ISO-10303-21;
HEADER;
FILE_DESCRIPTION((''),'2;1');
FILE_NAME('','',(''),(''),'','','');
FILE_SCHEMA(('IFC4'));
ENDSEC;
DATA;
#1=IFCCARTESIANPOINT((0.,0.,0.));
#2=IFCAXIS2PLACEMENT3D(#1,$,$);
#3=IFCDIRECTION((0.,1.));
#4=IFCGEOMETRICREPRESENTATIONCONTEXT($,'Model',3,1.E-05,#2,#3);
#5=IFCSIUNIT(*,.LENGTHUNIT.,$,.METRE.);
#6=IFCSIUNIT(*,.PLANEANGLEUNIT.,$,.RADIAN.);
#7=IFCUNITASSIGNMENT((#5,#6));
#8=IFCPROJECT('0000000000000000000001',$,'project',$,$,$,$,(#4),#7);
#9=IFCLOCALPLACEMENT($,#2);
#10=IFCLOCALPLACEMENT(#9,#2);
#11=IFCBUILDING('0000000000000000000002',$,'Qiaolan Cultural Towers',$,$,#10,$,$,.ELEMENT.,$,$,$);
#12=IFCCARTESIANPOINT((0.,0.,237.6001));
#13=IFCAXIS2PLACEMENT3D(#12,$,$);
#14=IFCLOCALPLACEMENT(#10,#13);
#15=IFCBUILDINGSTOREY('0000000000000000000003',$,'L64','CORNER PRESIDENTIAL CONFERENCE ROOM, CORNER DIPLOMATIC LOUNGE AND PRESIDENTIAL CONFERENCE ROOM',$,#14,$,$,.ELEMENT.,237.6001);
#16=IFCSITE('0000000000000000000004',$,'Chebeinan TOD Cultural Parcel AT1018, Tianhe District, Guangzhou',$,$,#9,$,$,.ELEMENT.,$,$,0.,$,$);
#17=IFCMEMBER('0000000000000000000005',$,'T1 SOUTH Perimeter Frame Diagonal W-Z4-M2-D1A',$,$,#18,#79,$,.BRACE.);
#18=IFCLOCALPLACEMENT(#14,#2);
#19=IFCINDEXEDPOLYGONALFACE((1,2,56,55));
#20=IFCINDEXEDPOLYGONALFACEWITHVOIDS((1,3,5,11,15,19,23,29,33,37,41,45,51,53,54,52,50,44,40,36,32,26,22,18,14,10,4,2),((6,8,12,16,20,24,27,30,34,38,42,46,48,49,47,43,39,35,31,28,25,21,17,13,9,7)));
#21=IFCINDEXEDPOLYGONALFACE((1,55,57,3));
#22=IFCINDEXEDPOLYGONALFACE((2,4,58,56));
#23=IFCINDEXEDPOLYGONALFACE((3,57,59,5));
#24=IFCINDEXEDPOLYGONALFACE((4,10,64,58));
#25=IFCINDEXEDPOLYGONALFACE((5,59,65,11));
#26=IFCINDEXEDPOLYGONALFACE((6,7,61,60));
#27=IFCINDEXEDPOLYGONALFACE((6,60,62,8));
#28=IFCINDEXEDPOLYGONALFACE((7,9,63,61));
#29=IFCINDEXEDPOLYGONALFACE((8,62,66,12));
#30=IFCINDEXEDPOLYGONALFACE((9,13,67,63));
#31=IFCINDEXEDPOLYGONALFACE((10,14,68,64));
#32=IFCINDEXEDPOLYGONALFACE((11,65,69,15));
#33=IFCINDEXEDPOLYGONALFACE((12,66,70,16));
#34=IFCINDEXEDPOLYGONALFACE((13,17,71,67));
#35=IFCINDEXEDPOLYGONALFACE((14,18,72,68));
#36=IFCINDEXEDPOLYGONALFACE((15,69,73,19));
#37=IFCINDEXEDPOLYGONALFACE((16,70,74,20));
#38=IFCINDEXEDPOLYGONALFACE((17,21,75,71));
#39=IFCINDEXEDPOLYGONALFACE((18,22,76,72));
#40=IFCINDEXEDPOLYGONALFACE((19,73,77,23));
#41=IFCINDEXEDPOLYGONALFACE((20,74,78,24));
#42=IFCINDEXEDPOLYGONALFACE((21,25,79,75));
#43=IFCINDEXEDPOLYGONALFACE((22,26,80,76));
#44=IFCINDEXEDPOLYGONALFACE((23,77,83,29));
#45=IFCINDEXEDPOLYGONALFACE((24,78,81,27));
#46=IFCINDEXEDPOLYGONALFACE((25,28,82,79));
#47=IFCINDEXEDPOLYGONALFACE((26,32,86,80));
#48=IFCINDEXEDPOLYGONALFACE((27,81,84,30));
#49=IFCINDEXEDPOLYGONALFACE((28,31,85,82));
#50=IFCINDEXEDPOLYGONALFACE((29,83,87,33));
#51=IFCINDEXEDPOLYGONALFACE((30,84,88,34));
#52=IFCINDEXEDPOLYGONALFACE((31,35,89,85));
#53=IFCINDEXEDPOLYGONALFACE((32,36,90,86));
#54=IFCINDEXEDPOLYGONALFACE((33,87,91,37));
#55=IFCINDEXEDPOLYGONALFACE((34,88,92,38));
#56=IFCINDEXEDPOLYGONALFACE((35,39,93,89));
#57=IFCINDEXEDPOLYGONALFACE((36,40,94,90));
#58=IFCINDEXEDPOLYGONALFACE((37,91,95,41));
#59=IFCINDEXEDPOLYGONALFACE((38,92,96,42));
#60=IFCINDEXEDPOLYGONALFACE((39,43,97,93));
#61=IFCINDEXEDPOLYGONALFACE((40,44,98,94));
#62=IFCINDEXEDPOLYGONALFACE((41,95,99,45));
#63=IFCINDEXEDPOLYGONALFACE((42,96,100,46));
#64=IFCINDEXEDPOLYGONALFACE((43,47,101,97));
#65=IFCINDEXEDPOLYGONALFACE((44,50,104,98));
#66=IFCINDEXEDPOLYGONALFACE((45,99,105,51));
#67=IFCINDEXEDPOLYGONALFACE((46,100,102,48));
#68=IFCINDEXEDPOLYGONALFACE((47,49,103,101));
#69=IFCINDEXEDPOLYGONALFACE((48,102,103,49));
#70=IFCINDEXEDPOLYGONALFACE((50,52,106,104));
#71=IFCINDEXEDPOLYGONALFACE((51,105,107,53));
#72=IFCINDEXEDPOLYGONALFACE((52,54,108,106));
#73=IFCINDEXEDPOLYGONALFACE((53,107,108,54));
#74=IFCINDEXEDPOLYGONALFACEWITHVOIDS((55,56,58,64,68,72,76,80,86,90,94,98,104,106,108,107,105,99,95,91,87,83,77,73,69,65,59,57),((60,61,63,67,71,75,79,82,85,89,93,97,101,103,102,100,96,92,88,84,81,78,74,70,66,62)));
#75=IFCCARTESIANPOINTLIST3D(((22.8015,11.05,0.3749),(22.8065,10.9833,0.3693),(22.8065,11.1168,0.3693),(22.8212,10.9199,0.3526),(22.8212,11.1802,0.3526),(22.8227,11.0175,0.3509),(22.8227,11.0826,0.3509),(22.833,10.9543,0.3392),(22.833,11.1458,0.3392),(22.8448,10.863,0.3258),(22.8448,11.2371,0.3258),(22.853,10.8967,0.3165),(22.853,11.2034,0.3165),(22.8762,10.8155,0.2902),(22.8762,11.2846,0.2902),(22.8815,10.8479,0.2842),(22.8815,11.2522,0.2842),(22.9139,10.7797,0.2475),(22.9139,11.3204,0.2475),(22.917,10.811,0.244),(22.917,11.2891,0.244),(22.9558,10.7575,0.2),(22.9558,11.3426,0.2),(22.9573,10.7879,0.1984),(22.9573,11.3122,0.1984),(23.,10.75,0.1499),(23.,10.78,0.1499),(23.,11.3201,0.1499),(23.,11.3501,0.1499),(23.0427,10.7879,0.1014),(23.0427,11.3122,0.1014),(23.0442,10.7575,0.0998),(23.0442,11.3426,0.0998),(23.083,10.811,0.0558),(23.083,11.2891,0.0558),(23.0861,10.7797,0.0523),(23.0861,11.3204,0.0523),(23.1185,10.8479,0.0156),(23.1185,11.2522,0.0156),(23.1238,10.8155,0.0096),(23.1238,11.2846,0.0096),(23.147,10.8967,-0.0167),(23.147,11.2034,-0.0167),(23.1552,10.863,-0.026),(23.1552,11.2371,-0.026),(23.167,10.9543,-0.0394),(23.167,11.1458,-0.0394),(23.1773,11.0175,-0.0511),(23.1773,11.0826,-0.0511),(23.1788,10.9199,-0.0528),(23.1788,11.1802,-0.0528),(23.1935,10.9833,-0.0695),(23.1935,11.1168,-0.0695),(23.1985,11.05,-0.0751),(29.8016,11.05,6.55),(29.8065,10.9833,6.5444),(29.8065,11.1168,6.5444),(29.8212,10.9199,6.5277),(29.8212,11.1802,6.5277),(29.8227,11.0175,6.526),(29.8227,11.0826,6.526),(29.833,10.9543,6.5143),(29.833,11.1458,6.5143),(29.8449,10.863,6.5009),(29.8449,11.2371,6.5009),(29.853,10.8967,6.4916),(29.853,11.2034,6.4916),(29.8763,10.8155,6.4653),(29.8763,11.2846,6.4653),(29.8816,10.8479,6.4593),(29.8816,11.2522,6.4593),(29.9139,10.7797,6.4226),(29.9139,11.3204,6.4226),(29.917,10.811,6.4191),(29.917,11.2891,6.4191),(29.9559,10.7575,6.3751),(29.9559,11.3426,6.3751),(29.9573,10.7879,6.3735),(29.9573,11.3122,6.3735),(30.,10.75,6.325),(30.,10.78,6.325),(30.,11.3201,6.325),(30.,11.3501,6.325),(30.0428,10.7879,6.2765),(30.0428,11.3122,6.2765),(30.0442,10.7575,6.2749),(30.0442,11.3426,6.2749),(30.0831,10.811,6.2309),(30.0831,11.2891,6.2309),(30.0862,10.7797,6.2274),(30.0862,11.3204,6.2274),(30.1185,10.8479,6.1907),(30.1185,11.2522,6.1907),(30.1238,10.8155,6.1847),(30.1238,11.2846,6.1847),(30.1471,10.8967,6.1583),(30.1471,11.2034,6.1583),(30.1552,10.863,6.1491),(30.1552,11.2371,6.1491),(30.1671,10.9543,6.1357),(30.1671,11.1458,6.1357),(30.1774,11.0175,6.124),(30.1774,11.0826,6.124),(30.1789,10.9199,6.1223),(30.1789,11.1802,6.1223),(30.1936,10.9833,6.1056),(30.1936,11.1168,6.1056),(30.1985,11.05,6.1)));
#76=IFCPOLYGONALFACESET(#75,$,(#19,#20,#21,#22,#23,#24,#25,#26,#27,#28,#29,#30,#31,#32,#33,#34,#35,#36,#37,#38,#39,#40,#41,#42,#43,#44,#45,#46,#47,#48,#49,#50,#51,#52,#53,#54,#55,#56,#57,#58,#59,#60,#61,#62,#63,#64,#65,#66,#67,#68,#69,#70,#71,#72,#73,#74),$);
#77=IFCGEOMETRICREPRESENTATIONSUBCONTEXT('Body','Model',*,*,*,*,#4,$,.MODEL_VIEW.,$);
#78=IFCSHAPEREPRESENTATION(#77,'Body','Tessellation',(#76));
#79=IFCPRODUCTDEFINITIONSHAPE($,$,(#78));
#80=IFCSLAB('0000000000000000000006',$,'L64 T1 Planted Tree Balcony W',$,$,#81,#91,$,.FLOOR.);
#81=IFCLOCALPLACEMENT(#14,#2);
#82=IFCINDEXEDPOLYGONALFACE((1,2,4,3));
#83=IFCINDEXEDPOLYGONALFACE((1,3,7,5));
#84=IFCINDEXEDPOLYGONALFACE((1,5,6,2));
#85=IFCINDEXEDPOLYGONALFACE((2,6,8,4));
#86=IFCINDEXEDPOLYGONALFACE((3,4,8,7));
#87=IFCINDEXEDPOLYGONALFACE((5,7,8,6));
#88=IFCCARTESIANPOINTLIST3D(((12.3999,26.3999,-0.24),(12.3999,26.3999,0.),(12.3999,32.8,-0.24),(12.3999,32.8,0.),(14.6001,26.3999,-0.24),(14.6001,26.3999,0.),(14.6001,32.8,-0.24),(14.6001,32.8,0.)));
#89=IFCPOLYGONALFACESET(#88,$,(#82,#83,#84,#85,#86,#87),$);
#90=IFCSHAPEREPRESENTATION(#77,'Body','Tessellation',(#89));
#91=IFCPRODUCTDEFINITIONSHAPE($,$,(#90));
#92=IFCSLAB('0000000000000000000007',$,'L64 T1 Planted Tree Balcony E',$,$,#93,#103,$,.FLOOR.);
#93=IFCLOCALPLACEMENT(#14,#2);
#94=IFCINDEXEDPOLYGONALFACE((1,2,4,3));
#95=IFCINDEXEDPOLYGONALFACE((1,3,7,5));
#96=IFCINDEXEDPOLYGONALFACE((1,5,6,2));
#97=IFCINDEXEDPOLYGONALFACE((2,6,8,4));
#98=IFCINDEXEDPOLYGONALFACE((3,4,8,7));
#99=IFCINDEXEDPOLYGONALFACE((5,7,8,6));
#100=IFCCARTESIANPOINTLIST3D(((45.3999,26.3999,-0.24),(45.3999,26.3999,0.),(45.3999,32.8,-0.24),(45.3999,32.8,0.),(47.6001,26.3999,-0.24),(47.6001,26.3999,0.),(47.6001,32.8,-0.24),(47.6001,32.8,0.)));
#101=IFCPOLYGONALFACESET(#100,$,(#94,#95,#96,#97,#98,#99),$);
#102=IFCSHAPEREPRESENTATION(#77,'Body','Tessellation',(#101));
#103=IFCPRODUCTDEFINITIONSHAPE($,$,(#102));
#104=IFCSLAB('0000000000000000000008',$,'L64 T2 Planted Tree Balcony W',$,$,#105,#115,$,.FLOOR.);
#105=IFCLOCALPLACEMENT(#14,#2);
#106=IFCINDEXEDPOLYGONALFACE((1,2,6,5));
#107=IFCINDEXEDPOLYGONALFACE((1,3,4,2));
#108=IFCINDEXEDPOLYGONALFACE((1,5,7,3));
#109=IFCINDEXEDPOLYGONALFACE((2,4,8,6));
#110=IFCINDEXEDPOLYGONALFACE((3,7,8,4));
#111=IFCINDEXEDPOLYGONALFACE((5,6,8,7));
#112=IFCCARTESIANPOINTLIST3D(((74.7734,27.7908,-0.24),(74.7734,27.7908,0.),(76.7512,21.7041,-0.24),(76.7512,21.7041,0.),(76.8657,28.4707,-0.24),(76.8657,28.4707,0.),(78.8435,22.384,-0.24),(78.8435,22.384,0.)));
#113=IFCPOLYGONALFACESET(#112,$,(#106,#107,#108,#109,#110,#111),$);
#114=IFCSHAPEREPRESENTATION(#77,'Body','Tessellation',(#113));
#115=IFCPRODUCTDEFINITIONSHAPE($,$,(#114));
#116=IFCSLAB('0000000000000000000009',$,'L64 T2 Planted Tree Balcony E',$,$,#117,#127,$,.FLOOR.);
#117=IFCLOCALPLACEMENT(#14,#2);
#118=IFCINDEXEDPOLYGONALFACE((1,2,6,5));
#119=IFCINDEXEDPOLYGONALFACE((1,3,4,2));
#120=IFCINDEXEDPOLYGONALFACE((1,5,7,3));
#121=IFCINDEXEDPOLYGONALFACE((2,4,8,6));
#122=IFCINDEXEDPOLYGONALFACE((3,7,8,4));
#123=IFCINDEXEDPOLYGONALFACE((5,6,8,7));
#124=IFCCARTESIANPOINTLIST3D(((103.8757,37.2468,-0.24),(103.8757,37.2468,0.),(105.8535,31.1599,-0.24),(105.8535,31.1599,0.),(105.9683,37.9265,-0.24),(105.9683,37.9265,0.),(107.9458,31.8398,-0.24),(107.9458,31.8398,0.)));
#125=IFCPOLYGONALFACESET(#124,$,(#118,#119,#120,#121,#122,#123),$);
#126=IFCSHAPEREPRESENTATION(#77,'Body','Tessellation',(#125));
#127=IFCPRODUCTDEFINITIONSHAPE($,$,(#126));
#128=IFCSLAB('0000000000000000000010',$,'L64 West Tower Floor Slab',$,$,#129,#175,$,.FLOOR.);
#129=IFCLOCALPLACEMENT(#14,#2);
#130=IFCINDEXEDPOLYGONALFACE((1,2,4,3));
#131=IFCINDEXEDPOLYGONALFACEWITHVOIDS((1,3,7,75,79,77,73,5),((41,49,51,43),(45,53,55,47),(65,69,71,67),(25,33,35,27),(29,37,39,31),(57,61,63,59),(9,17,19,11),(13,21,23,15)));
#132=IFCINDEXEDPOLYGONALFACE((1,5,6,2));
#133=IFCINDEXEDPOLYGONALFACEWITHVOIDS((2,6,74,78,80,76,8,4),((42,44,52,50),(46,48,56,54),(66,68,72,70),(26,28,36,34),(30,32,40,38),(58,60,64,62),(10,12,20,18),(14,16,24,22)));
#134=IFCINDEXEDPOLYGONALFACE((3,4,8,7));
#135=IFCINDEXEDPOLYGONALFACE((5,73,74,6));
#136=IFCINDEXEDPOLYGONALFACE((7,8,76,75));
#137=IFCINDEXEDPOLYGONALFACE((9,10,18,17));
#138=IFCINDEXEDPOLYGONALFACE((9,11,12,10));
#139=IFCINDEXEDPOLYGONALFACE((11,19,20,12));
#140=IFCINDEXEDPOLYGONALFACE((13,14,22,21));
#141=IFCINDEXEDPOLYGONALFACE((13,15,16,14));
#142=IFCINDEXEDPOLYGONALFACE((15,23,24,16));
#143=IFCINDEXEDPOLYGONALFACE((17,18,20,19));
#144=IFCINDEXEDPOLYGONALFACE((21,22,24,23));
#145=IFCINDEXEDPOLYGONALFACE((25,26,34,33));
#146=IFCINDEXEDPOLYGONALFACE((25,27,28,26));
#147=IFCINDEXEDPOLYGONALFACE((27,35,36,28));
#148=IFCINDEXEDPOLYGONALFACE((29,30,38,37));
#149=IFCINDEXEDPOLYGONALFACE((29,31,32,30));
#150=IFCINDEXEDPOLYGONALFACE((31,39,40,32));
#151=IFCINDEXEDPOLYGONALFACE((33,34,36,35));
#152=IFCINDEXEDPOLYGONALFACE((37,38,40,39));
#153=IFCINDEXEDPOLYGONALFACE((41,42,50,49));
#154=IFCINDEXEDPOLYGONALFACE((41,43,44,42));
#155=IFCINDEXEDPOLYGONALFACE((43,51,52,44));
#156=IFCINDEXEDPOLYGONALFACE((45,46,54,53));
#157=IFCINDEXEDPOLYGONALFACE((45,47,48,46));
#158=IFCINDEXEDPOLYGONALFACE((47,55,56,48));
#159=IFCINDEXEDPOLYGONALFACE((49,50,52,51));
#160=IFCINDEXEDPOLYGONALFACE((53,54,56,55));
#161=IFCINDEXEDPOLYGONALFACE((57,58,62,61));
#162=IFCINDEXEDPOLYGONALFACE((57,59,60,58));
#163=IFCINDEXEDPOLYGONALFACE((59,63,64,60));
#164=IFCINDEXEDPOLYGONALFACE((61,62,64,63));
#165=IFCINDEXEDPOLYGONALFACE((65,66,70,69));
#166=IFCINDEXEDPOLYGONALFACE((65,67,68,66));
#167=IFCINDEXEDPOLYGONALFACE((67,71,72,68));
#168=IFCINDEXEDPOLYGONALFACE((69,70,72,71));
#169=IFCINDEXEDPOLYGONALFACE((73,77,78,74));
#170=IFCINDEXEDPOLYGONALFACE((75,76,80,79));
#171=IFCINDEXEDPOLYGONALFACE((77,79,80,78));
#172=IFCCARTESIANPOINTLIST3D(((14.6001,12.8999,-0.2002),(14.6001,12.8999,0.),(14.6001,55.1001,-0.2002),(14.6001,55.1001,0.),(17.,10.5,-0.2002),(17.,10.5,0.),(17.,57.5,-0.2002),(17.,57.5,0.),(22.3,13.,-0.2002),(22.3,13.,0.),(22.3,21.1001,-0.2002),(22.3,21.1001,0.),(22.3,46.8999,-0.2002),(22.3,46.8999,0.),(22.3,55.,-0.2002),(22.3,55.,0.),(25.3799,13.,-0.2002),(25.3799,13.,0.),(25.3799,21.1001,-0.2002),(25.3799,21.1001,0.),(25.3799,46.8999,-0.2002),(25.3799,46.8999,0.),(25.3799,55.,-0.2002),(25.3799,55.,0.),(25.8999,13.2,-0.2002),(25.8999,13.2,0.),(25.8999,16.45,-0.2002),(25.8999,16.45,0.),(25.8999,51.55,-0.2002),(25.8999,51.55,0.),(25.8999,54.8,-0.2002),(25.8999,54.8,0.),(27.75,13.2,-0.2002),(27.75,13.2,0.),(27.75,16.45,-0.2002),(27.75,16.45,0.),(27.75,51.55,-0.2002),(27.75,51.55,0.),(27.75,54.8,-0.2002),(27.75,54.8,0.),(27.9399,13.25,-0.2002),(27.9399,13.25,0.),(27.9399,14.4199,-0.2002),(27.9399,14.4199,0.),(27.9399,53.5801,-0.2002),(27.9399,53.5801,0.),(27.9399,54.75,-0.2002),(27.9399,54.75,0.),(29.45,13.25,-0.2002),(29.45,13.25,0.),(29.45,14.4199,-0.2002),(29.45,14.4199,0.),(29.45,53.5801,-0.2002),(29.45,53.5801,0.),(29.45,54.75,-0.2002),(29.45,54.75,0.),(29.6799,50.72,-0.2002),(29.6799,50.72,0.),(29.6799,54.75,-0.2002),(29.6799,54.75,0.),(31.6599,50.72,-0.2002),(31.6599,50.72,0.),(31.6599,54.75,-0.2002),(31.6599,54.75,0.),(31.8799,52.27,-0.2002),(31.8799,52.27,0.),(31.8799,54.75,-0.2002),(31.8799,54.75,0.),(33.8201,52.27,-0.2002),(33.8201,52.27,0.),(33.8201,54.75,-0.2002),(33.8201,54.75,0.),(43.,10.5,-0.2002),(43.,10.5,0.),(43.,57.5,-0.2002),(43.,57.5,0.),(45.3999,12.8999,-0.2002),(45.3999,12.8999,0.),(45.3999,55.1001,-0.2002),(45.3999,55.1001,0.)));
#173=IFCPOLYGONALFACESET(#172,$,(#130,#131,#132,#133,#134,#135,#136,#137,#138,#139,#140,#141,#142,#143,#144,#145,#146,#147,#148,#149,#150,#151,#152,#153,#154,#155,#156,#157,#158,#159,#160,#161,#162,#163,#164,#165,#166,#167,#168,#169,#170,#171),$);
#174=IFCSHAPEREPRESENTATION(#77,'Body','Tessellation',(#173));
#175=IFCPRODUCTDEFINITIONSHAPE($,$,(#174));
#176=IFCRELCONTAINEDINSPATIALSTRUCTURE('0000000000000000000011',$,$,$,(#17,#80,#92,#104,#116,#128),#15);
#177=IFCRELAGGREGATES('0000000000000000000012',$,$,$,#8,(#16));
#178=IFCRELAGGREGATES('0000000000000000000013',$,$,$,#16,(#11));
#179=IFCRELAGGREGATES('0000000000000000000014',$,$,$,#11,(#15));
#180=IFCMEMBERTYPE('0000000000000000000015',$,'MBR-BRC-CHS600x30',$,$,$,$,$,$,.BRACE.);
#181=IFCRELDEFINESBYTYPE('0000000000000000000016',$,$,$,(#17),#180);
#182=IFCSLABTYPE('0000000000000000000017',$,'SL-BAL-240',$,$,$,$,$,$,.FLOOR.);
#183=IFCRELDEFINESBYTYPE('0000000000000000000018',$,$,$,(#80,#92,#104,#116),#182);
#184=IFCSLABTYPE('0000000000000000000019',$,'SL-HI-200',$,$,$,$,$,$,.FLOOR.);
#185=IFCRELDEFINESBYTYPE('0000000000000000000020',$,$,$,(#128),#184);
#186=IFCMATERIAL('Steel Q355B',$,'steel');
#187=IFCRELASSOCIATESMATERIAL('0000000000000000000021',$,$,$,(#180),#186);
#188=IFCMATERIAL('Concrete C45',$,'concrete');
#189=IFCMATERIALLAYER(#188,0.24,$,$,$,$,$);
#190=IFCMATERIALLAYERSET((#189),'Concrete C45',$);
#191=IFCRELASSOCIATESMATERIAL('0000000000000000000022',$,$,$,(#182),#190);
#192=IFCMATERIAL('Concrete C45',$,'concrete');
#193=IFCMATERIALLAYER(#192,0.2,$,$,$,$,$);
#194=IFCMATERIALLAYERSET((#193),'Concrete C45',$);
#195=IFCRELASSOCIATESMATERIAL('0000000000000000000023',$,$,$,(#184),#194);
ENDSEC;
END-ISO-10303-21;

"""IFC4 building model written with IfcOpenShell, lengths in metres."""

from ifc_helpers import new_model, si_unit, direction, frame, origin, origin_2d, place, context, subcontext, project, spatial, polyline, hollow_circle, outline, extrude, material, layer, layer_set, material_profile, profile_set, type_object, element, save


model = new_model("IFC4")

# Units and contexts
model_context = context("Model", 3, precision=1e-05, world=origin(), true_north=direction((0.0, 1.0)))
body_context = subcontext(model_context, "Body", "Model", "MODEL_VIEW")
ifc_project = project(units=[si_unit("LENGTHUNIT", "METRE"), si_unit("PLANEANGLEUNIT", "RADIAN")], contexts=[model_context])

# Site, building, storey
site_placement = place(None, origin())
site = spatial("IfcSite", under=ifc_project, at=site_placement, Name="Chebeinan TOD Cultural Parcel AT1018, Tianhe District, Guangzhou", CompositionType="ELEMENT", RefElevation=0.0)
building_placement = place(site_placement, origin())
building = spatial("IfcBuilding", under=site, at=building_placement, Name="Qiaolan Cultural Towers", CompositionType="ELEMENT")
storey_placement = place(building_placement, frame((0.0, 0.0, 237.6001)))
storey = spatial("IfcBuildingStorey", under=building, at=storey_placement, Name="L64", Description="CORNER PRESIDENTIAL CONFERENCE ROOM, CORNER DIPLOMATIC LOUNGE AND PRESIDENTIAL CONFERENCE ROOM", CompositionType="ELEMENT", Elevation=237.6001)

# Member
ifc_material_1 = material(Name="Steel Q355B", Category="steel")
ifc_material_profile_1 = material_profile(ifc_material_1, hollow_circle(Radius=0.3, WallThickness=0.03, at=origin_2d()), Name="CHS600x30")
ifc_profile_set_1 = profile_set([ifc_material_profile_1], Name="Steel Q355B")
member_type = type_object("IfcMemberType", Name="MBR-BRC-CHS600x30", PredefinedType="BRACE", material=ifc_profile_set_1)
member_1_placement = place(storey_placement, frame((23.0, 11.05, 0.1499), z_axis=(0.749913, 0.0, 0.661536), x_axis=(0.0, 1.0, 0.0)))
element("IfcMember", 1, at=member_1_placement, inside=storey, type_object=member_type, Name="T1 SOUTH Perimeter Frame Diagonal W-Z4-M2-D1A", PredefinedType="BRACE", context=body_context, shape_type="SweptSolid", body=[
    extrude(hollow_circle(Radius=0.3, WallThickness=0.03, at=origin_2d()), origin(), (0.0, 0.0, 1.0), 9.3345),
])

# Slabs
ifc_material_2 = material(Name="Concrete C45", Category="concrete")
ifc_layer_1 = layer(ifc_material_2, 0.24)
ifc_layer_set_1 = layer_set([ifc_layer_1], Name="Concrete C45")
slab_type_1 = type_object("IfcSlabType", Name="SL-BAL-240", PredefinedType="FLOOR", material=ifc_layer_set_1)
slab_1_placement = place(storey_placement, frame((0.0, 0.0, -0.24)))
element("IfcSlab", 2, at=slab_1_placement, inside=storey, type_object=slab_type_1, Name="L64 T1 Planted Tree Balcony W", PredefinedType="FLOOR", context=body_context, shape_type="SweptSolid", body=[
    extrude(outline(polyline([(12.3999, 26.3999), (14.6001, 26.3999), (14.6001, 32.8), (12.3999, 32.8), (12.3999, 26.3999)])), origin(), (0.0, 0.0, 1.0), 0.24),
])
slab_2_placement = place(storey_placement, frame((0.0, 0.0, -0.24)))
element("IfcSlab", 3, at=slab_2_placement, inside=storey, type_object=slab_type_1, Name="L64 T1 Planted Tree Balcony E", PredefinedType="FLOOR", context=body_context, shape_type="SweptSolid", body=[
    extrude(outline(polyline([(45.3999, 26.3999), (47.6001, 26.3999), (47.6001, 32.8), (45.3999, 32.8), (45.3999, 26.3999)])), origin(), (0.0, 0.0, 1.0), 0.24),
])
slab_3_placement = place(storey_placement, frame((0.0, 0.0, -0.24)))
element("IfcSlab", 4, at=slab_3_placement, inside=storey, type_object=slab_type_1, Name="L64 T2 Planted Tree Balcony W", PredefinedType="FLOOR", context=body_context, shape_type="SweptSolid", body=[
    extrude(outline(polyline([(76.7512, 21.7041), (78.8435, 22.384), (76.8657, 28.4707), (74.7734, 27.7908), (76.7512, 21.7041)])), origin(), (0.0, 0.0, 1.0), 0.24),
])
slab_4_placement = place(storey_placement, frame((0.0, 0.0, -0.24)))
element("IfcSlab", 5, at=slab_4_placement, inside=storey, type_object=slab_type_1, Name="L64 T2 Planted Tree Balcony E", PredefinedType="FLOOR", context=body_context, shape_type="SweptSolid", body=[
    extrude(outline(polyline([(105.8535, 31.1599), (107.9458, 31.8398), (105.9683, 37.9265), (103.8757, 37.2468), (105.8535, 31.1599)])), origin(), (0.0, 0.0, 1.0), 0.24),
])
ifc_material_3 = material(Name="Concrete C45", Category="concrete")
ifc_layer_2 = layer(ifc_material_3, 0.2)
ifc_layer_set_2 = layer_set([ifc_layer_2], Name="Concrete C45")
slab_type_2 = type_object("IfcSlabType", Name="SL-HI-200", PredefinedType="FLOOR", material=ifc_layer_set_2)
slab_5_placement = place(storey_placement, frame((0.0, 0.0, -0.2002)))
element("IfcSlab", 6, at=slab_5_placement, inside=storey, type_object=slab_type_2, Name="L64 West Tower Floor Slab", PredefinedType="FLOOR", context=body_context, shape_type="SweptSolid", body=[
    extrude(outline(polyline([(17.0, 10.5), (43.0, 10.5), (45.3999, 12.8999), (45.3999, 55.1001), (43.0, 57.5), (17.0, 57.5), (14.6001, 55.1001), (14.6001, 12.8999), (17.0, 10.5)]), holes=[polyline([(22.3, 21.1001), (22.3, 13.0), (25.3799, 13.0), (25.3799, 21.1001), (22.3, 21.1001)]), polyline([(25.3799, 46.8999), (25.3799, 55.0), (22.3, 55.0), (22.3, 46.8999), (25.3799, 46.8999)]), polyline([(25.8999, 13.2), (27.75, 13.2), (27.75, 16.45), (25.8999, 16.45), (25.8999, 13.2)]), polyline([(27.9399, 13.25), (29.45, 13.25), (29.45, 14.4199), (27.9399, 14.4199), (27.9399, 13.25)]), polyline([(25.8999, 51.55), (27.75, 51.55), (27.75, 54.8), (25.8999, 54.8), (25.8999, 51.55)]), polyline([(27.9399, 53.5801), (29.45, 53.5801), (29.45, 54.75), (27.9399, 54.75), (27.9399, 53.5801)]), polyline([(31.8799, 52.27), (33.8201, 52.27), (33.8201, 54.75), (31.8799, 54.75), (31.8799, 52.27)]), polyline([(29.6799, 50.72), (31.6599, 50.72), (31.6599, 54.75), (29.6799, 54.75), (29.6799, 50.72)])]), origin(), (0.0, 0.0, 1.0), 0.2002),
])

save(model, "model.ifc")
